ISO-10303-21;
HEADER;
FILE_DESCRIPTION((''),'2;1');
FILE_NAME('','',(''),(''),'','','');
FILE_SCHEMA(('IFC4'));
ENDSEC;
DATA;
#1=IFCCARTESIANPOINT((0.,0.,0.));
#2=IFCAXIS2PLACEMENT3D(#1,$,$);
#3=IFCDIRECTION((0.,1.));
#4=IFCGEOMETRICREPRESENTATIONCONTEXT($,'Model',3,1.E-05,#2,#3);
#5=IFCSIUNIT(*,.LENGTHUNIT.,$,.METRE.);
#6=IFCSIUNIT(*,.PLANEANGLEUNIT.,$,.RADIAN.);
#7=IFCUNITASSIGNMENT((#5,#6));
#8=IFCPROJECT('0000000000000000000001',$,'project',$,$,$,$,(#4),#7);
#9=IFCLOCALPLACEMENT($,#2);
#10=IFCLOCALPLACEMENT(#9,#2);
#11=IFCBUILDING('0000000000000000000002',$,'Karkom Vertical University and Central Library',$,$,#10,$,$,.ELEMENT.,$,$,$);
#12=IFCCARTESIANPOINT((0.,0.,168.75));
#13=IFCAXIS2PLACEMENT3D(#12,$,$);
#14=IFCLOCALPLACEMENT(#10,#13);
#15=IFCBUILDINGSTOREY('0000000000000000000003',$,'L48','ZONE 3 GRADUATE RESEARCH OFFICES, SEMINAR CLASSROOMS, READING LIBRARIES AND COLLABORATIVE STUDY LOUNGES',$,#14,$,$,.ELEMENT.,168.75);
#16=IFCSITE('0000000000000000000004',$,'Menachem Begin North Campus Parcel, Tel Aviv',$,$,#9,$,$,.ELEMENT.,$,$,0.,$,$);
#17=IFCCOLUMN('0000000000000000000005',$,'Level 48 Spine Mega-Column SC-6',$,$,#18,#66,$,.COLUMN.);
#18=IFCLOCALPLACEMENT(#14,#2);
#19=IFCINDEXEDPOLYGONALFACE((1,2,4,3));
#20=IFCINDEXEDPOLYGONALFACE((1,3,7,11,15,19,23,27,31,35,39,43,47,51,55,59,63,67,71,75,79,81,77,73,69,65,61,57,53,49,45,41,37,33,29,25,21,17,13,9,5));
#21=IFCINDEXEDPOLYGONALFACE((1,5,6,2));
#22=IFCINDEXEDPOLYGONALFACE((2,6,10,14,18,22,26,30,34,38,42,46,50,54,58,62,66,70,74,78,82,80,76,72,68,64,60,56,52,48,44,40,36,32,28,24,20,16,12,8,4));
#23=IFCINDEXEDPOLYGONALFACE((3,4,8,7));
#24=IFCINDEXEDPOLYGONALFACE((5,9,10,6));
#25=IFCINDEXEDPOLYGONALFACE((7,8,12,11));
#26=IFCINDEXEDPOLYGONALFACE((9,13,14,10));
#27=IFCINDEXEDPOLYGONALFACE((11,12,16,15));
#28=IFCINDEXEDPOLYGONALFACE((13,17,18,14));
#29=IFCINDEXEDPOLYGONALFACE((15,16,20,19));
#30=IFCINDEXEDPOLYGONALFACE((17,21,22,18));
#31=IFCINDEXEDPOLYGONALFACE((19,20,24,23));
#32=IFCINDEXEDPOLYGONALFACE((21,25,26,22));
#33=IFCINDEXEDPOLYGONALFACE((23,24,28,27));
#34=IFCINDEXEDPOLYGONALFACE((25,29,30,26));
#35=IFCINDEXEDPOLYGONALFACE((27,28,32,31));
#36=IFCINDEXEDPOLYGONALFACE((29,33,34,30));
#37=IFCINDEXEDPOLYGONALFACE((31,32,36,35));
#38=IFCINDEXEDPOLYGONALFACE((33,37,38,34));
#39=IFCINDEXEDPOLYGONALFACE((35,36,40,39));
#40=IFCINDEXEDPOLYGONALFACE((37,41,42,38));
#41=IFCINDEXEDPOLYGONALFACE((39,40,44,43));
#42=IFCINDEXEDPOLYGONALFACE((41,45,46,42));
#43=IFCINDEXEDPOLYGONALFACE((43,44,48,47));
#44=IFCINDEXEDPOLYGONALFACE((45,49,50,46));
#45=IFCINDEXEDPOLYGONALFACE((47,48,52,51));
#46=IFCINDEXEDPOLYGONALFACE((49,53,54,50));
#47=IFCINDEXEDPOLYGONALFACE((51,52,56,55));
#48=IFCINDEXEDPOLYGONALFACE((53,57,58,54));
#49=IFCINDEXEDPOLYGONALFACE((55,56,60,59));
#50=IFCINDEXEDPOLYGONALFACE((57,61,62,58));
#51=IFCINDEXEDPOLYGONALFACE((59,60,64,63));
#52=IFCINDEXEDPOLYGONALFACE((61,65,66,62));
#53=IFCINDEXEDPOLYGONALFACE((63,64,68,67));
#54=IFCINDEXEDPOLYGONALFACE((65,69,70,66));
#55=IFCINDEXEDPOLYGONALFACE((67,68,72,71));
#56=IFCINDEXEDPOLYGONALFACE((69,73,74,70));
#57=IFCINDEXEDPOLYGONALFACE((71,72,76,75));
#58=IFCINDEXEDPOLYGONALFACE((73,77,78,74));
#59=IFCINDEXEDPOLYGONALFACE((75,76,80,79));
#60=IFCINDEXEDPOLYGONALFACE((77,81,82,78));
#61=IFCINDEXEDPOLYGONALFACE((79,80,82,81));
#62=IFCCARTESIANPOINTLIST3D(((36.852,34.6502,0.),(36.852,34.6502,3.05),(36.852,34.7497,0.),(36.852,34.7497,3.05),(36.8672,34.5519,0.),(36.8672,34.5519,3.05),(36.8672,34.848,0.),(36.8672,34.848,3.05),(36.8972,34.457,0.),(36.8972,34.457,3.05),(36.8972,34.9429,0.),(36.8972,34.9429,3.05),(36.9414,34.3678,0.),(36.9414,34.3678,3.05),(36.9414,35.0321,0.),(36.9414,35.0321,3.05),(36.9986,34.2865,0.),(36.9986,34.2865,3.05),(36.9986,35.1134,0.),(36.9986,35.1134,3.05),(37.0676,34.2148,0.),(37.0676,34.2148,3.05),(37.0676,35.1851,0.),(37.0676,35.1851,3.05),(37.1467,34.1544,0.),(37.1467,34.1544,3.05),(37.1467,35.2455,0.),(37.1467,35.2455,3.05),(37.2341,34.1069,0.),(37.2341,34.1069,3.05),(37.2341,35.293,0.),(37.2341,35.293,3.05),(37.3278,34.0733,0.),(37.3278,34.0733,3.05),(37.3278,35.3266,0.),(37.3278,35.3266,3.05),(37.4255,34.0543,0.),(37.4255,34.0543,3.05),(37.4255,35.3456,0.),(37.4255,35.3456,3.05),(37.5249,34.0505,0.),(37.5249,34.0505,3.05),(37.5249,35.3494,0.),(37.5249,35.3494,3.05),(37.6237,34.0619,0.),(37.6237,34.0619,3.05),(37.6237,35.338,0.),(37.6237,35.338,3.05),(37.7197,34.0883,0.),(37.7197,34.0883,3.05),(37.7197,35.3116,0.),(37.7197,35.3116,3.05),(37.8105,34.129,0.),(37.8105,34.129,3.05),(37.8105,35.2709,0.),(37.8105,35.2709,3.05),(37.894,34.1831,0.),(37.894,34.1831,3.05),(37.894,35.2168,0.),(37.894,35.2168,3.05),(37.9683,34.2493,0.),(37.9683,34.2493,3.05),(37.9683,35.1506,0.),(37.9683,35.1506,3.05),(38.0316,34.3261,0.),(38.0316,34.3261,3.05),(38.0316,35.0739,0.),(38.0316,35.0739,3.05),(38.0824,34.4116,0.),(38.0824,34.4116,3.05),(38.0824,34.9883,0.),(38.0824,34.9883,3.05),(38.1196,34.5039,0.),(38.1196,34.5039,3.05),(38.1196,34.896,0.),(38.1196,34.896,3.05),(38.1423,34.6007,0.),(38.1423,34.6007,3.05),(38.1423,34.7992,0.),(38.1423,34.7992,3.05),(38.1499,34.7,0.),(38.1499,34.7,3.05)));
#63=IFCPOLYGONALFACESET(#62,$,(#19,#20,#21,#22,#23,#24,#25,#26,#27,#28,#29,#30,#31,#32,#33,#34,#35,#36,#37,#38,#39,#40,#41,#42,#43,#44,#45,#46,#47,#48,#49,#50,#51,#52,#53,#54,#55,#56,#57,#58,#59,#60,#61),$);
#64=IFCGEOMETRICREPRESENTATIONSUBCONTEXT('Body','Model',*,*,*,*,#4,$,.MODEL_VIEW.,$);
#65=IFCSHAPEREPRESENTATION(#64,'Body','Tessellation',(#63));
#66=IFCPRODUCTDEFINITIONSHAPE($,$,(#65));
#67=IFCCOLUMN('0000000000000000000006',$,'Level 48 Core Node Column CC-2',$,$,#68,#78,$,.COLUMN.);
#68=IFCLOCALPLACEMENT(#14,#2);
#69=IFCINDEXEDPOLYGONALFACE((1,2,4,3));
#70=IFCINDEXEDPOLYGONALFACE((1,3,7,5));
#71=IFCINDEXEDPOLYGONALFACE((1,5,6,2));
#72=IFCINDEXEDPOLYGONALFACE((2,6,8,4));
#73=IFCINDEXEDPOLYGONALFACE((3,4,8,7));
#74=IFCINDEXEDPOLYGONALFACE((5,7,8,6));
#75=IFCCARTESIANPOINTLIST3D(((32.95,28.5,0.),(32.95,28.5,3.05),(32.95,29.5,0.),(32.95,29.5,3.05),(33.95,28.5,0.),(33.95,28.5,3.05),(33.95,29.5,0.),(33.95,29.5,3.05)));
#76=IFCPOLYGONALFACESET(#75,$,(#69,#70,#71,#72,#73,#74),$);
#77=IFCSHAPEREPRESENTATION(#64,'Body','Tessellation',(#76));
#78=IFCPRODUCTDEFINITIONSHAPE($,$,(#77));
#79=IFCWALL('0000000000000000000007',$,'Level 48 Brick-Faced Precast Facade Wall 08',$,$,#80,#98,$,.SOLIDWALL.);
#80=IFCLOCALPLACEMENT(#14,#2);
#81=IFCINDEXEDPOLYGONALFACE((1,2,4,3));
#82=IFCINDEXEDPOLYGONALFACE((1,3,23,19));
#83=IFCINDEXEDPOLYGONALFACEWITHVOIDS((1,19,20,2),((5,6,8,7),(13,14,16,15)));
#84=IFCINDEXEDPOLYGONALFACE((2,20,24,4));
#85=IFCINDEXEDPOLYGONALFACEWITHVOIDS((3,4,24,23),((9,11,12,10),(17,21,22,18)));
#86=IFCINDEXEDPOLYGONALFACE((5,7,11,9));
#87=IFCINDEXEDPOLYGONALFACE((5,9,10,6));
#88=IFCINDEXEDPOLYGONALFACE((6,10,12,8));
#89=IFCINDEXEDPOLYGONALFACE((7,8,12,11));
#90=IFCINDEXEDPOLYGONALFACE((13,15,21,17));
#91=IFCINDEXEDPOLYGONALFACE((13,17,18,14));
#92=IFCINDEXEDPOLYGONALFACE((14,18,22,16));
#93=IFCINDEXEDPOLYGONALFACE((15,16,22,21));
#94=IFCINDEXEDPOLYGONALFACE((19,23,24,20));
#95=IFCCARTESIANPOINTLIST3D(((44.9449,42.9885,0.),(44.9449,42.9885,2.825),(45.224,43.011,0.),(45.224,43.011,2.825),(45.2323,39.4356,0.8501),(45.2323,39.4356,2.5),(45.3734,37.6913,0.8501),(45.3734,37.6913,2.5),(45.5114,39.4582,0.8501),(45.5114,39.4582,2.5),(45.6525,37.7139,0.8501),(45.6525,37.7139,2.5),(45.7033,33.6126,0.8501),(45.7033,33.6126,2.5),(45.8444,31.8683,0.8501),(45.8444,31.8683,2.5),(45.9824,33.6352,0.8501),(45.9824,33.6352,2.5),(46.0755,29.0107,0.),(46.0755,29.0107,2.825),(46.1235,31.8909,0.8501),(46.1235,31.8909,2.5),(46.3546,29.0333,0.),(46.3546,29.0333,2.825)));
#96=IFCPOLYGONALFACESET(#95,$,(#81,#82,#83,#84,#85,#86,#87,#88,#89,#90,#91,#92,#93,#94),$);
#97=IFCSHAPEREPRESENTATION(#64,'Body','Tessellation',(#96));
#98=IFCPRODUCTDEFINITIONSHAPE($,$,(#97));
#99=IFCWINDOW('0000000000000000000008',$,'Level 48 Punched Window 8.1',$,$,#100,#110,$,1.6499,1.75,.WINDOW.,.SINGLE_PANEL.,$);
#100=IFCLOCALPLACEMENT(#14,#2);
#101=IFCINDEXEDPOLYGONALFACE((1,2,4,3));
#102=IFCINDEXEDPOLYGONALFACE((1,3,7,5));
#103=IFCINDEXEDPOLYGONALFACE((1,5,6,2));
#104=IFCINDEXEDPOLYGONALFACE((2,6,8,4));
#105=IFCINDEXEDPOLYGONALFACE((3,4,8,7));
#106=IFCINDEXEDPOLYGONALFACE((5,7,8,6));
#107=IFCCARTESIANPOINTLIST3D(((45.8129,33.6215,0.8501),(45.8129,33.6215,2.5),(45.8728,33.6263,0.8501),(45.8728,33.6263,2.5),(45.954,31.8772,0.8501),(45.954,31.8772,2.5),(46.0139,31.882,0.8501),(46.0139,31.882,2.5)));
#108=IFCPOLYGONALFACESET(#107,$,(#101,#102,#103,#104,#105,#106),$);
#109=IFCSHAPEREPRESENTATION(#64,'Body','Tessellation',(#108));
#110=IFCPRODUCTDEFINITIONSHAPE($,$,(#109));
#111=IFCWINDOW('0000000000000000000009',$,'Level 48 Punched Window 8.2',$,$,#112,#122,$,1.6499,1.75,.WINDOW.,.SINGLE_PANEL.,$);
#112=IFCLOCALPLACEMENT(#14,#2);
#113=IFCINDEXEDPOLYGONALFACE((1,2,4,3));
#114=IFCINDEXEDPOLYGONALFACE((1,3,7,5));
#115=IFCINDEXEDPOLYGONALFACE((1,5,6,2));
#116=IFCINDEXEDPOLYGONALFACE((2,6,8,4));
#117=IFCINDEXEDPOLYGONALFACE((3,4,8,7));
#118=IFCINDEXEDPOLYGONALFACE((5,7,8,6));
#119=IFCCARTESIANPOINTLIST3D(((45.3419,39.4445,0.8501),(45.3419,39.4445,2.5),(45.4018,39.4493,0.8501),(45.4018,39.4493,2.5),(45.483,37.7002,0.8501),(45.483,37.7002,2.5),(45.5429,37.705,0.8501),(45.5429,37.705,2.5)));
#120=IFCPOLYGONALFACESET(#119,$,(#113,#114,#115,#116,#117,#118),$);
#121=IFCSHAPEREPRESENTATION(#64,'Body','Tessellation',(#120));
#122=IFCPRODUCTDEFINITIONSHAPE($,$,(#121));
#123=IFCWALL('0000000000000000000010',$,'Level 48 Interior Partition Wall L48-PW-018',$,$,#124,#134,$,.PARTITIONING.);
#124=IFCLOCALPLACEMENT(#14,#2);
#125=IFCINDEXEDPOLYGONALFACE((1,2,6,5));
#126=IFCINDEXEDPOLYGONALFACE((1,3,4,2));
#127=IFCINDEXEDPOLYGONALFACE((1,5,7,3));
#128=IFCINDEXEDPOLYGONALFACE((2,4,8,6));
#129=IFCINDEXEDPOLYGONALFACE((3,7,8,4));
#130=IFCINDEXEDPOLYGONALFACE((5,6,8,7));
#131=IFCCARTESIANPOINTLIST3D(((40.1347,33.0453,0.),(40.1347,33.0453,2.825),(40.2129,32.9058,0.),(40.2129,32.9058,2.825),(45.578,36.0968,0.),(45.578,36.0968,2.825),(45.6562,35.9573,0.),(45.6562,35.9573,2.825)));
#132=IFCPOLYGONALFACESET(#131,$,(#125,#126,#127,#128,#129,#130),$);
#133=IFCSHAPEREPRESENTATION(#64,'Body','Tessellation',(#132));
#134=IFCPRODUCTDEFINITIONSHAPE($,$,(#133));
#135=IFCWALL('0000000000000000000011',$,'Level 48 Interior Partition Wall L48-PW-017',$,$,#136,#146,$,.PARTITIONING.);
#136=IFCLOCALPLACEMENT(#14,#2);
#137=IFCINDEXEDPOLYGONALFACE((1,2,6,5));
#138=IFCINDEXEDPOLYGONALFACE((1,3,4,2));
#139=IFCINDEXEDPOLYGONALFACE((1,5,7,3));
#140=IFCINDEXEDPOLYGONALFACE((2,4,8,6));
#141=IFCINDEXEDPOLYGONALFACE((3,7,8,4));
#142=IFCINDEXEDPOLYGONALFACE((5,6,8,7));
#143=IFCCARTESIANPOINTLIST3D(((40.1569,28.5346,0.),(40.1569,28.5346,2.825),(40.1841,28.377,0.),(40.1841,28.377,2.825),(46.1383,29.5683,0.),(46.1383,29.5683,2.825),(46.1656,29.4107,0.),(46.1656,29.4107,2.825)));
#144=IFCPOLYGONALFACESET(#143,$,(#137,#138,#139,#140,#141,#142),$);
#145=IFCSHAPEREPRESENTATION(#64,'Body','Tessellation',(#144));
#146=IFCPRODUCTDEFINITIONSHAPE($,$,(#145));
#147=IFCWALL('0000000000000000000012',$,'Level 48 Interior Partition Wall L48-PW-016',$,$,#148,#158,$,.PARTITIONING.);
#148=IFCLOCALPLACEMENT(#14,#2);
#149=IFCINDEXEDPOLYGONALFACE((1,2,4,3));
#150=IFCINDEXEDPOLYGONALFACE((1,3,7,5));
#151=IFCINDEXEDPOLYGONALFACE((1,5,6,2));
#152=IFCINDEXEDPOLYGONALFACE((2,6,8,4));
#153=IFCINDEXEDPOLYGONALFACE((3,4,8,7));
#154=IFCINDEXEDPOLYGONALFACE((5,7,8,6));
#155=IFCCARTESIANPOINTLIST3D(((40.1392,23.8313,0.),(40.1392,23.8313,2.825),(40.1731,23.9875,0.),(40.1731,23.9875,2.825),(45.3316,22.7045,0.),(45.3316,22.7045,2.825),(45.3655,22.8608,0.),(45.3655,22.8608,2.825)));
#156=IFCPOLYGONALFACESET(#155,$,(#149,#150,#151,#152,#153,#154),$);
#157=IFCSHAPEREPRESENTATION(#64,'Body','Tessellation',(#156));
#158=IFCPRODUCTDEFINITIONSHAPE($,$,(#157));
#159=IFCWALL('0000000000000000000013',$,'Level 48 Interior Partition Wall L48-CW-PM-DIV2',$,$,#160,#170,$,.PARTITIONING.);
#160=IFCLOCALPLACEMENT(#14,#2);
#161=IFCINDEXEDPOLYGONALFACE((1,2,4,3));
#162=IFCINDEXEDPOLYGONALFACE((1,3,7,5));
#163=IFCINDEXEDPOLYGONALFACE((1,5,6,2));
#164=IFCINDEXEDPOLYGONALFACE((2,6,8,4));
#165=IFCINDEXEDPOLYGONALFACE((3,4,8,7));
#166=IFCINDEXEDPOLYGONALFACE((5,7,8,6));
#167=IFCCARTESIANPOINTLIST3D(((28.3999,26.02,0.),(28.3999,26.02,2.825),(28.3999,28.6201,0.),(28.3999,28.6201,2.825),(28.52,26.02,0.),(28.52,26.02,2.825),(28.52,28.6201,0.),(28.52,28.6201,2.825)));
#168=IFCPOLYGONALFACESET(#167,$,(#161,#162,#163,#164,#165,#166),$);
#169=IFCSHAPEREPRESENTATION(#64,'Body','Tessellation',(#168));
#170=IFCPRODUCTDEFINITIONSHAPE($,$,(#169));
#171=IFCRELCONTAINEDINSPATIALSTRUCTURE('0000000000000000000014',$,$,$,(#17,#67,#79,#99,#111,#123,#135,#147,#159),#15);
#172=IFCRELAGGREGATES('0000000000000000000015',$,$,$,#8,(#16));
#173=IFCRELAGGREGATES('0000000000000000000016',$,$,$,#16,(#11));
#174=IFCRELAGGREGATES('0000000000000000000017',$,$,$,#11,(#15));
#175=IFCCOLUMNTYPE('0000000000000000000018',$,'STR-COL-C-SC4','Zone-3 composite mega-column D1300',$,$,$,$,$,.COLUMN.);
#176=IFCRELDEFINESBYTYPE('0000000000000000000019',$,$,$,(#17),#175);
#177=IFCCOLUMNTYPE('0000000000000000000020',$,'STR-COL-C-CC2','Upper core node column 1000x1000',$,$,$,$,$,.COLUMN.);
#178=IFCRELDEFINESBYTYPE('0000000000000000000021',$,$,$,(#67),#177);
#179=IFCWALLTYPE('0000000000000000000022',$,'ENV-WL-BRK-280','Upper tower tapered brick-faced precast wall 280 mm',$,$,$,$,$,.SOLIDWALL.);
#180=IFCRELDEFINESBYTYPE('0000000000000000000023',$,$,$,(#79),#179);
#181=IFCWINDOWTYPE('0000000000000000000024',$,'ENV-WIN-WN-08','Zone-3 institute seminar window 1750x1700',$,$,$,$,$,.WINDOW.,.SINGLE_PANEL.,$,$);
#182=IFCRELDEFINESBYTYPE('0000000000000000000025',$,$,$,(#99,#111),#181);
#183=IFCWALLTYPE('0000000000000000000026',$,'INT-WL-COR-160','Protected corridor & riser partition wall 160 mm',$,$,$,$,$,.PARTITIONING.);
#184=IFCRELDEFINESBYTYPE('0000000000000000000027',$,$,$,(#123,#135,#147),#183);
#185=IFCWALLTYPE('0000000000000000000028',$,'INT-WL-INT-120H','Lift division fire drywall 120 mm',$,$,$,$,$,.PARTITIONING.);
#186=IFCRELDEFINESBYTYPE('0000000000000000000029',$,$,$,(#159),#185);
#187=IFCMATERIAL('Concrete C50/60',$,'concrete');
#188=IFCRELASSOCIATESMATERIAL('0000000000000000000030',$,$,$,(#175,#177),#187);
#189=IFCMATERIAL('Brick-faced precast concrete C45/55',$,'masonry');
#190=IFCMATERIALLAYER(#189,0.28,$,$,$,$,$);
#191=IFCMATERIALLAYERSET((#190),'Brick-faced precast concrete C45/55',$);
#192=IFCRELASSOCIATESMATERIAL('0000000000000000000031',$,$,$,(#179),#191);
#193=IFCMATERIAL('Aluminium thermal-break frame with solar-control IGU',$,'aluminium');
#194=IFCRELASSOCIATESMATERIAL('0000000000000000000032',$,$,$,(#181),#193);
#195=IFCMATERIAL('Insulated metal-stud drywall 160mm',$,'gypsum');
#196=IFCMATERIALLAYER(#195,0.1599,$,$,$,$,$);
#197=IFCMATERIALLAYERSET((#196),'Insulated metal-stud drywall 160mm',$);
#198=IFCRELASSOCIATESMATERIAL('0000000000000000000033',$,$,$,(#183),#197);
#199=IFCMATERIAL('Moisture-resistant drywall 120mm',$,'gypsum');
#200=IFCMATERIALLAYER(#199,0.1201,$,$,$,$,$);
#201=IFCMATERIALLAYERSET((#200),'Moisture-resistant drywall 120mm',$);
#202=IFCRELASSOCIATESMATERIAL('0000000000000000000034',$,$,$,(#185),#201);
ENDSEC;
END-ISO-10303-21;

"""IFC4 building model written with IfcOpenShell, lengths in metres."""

from ifc_helpers import new_model, si_unit, direction, frame, frame_2d, origin, origin_with_axes, origin_2d, place, context, subcontext, project, spatial, rectangle, circle, extrude, source, transform, mapped, material, layer, layer_set, material_profile, profile_set, type_object, element, fill, save


model = new_model("IFC4")

# Units and contexts
model_context = context("Model", 3, precision=1e-05, world=origin(), true_north=direction((0.0, 1.0)))
body_context = subcontext(model_context, "Body", "Model", "MODEL_VIEW")
ifc_project = project(units=[si_unit("LENGTHUNIT", "METRE"), si_unit("PLANEANGLEUNIT", "RADIAN")], contexts=[model_context])

# Site, building, storey
site_placement = place(None, origin())
site = spatial("IfcSite", under=ifc_project, at=site_placement, Name="Menachem Begin North Campus Parcel, Tel Aviv", CompositionType="ELEMENT", RefElevation=0.0)
building_placement = place(site_placement, origin())
building = spatial("IfcBuilding", under=site, at=building_placement, Name="Karkom Vertical University and Central Library", CompositionType="ELEMENT")
storey_placement = place(building_placement, frame((0.0, 0.0, 168.75)))
storey = spatial("IfcBuildingStorey", under=building, at=storey_placement, Name="L48", Description="ZONE 3 GRADUATE RESEARCH OFFICES, SEMINAR CLASSROOMS, READING LIBRARIES AND COLLABORATIVE STUDY LOUNGES", CompositionType="ELEMENT", Elevation=168.75)

# Columns
ifc_material_1 = material(Name="Concrete C50/60", Category="concrete")
ifc_material_profile_1 = material_profile(ifc_material_1, circle(Radius=0.6499, at=origin_2d()), Name="CFT-D1300")
ifc_profile_set_1 = profile_set([ifc_material_profile_1], Name="Concrete C50/60")
column_type_1 = type_object("IfcColumnType", Name="STR-COL-C-SC4", Description="Zone-3 composite mega-column D1300", PredefinedType="COLUMN", material=ifc_profile_set_1)
shared_shape_1 = source(origin_with_axes(), body_context, "Body", "SweptSolid", [
    extrude(circle(Radius=0.6499, at=origin_2d()), origin(), (0.0, 0.0, 1.0), 3.05),
])
column_1_placement = place(storey_placement, frame((37.5, 34.7, 0.0), z_axis=(0.0, 0.0, 1.0), x_axis=(1.0, 0.0, 0.0)))
element("IfcColumn", 1, at=column_1_placement, inside=storey, type_object=column_type_1, Name="Level 48 Spine Mega-Column SC-6", PredefinedType="COLUMN", context=body_context, shape_type="MappedRepresentation", body=[
    mapped(shared_shape_1, transform((0.0, 0.0, 0.0), scale=1.0)),
])
ifc_material_profile_2 = material_profile(ifc_material_1, rectangle(XDim=1.0, YDim=1.0, at=origin_2d()), Name="RC-1000x1000")
ifc_profile_set_2 = profile_set([ifc_material_profile_2], Name="Concrete C50/60")
column_type_2 = type_object("IfcColumnType", Name="STR-COL-C-CC2", Description="Upper core node column 1000x1000", PredefinedType="COLUMN", material=ifc_profile_set_2)
shared_shape_2 = source(origin_with_axes(), body_context, "Body", "SweptSolid", [
    extrude(rectangle(XDim=1.0, YDim=1.0, at=origin_2d()), origin(), (0.0, 0.0, 1.0), 3.05),
])
column_2_placement = place(storey_placement, frame((33.45, 29.0, 0.0), z_axis=(0.0, 0.0, 1.0), x_axis=(1.0, 0.0, 0.0)))
element("IfcColumn", 2, at=column_2_placement, inside=storey, type_object=column_type_2, Name="Level 48 Core Node Column CC-2", PredefinedType="COLUMN", context=body_context, shape_type="MappedRepresentation", body=[
    mapped(shared_shape_2, transform((0.0, 0.0, 0.0), scale=1.0)),
])

# Wall, openings, windows
ifc_material_2 = material(Name="Brick-faced precast concrete C45/55", Category="masonry")
ifc_layer_1 = layer(ifc_material_2, 0.28)
ifc_layer_set_1 = layer_set([ifc_layer_1], Name="Brick-faced precast concrete C45/55")
wall_type_1 = type_object("IfcWallType", Name="ENV-WL-BRK-280", Description="Upper tower tapered brick-faced precast wall 280 mm", PredefinedType="SOLIDWALL", material=ifc_layer_set_1)
wall_1_placement = place(storey_placement, frame((46.2151, 29.022, 0.0), z_axis=(0.0, 0.0, 1.0), x_axis=(-0.080623, 0.996745, 0.0)))
wall_1 = element("IfcWall", 3, at=wall_1_placement, inside=storey, type_object=wall_type_1, Name="Level 48 Brick-Faced Precast Facade Wall 08", PredefinedType="SOLIDWALL", context=body_context, shape_type="SweptSolid", body=[
    extrude(rectangle(XDim=14.0234, YDim=0.28, at=frame_2d((7.0117, 0.0))), origin(), (0.0, 0.0, 1.0), 2.825),
])
opening_1_placement = place(wall_1_placement, frame((2.8669, 0.0, 0.8501)))
opening_1 = element("IfcOpeningElement", 4, at=opening_1_placement, cuts=wall_1, PredefinedType="OPENING", context=body_context, shape_type="SweptSolid", body=[
    extrude(rectangle(XDim=1.75, YDim=1.6499, at=frame_2d((0.875, 0.825))), frame((0.0, 0.1499, 0.0), z_axis=(0.0, -1.0, 0.0), x_axis=(1.0, 0.0, 0.0)), (0.0, 0.0, 1.0), 0.3),
])
opening_2_placement = place(wall_1_placement, frame((8.709, 0.0, 0.8501)))
opening_2 = element("IfcOpeningElement", 5, at=opening_2_placement, cuts=wall_1, PredefinedType="OPENING", context=body_context, shape_type="SweptSolid", body=[
    extrude(rectangle(XDim=1.75, YDim=1.6499, at=frame_2d((0.875, 0.825))), frame((0.0, 0.1499, 0.0), z_axis=(0.0, -1.0, 0.0), x_axis=(1.0, 0.0, 0.0)), (0.0, 0.0, 1.0), 0.3),
])
ifc_material_3 = material(Name="Aluminium thermal-break frame with solar-control IGU", Category="aluminium")
window_type = type_object("IfcWindowType", Name="ENV-WIN-WN-08", Description="Zone-3 institute seminar window 1750x1700", PartitioningType="SINGLE_PANEL", PredefinedType="WINDOW", material=ifc_material_3)
shared_shape_3 = source(origin_with_axes(), body_context, "Body", "SweptSolid", [
    extrude(rectangle(XDim=1.75, YDim=1.6499, at=frame_2d((0.875, 0.825))), frame((0.0, 0.03, 0.0), z_axis=(0.0, -1.0, 0.0), x_axis=(1.0, 0.0, 0.0)), (0.0, 0.0, 1.0), 0.0601),
])
window_1_placement = place(opening_1_placement, origin())
window_1 = element("IfcWindow", 6, at=window_1_placement, inside=storey, type_object=window_type, Name="Level 48 Punched Window 8.1", OverallHeight=1.6499, OverallWidth=1.75, PartitioningType="SINGLE_PANEL", PredefinedType="WINDOW", context=body_context, shape_type="MappedRepresentation", body=[
    mapped(shared_shape_3, transform((0.0, 0.0, 0.0), scale=1.0)),
])
fill(opening_1, window_1)
window_2_placement = place(opening_2_placement, origin())
window_2 = element("IfcWindow", 7, at=window_2_placement, inside=storey, type_object=window_type, Name="Level 48 Punched Window 8.2", OverallHeight=1.6499, OverallWidth=1.75, PartitioningType="SINGLE_PANEL", PredefinedType="WINDOW", context=body_context, shape_type="MappedRepresentation", body=[
    mapped(shared_shape_3, transform((0.0, 0.0, 0.0), scale=1.0)),
])
fill(opening_2, window_2)

# Walls
ifc_material_4 = material(Name="Insulated metal-stud drywall 160mm", Category="gypsum")
ifc_layer_2 = layer(ifc_material_4, 0.1599)
ifc_layer_set_2 = layer_set([ifc_layer_2], Name="Insulated metal-stud drywall 160mm")
wall_type_2 = type_object("IfcWallType", Name="INT-WL-COR-160", Description="Protected corridor & riser partition wall 160 mm", PredefinedType="PARTITIONING", material=ifc_layer_set_2)
wall_2_placement = place(storey_placement, frame((40.1738, 32.9756, 0.0), z_axis=(0.0, 0.0, 1.0), x_axis=(0.872285, 0.488998, 0.0)))
element("IfcWall", 8, at=wall_2_placement, inside=storey, type_object=wall_type_2, Name="Level 48 Interior Partition Wall L48-PW-018", PredefinedType="PARTITIONING", context=body_context, shape_type="SweptSolid", body=[
    extrude(rectangle(XDim=6.2402, YDim=0.1599, at=frame_2d((3.1201, 0.0))), origin(), (0.0, 0.0, 1.0), 2.825),
])
wall_3_placement = place(storey_placement, frame((40.1704, 28.4558, 0.0), z_axis=(0.0, 0.0, 1.0), x_axis=(0.985394, 0.170292, 0.0)))
element("IfcWall", 9, at=wall_3_placement, inside=storey, type_object=wall_type_2, Name="Level 48 Interior Partition Wall L48-PW-017", PredefinedType="PARTITIONING", context=body_context, shape_type="SweptSolid", body=[
    extrude(rectangle(XDim=6.0701, YDim=0.1599, at=frame_2d((3.0352, 0.0))), origin(), (0.0, 0.0, 1.0), 2.825),
])
wall_4_placement = place(storey_placement, frame((40.156, 23.9094, 0.0), z_axis=(0.0, 0.0, 1.0), x_axis=(0.977257, -0.212058, 0.0)))
element("IfcWall", 10, at=wall_4_placement, inside=storey, type_object=wall_type_2, Name="Level 48 Interior Partition Wall L48-PW-016", PredefinedType="PARTITIONING", context=body_context, shape_type="SweptSolid", body=[
    extrude(rectangle(XDim=5.3132, YDim=0.1599, at=frame_2d((2.6567, 0.0))), origin(), (0.0, 0.0, 1.0), 2.825),
])
ifc_material_5 = material(Name="Moisture-resistant drywall 120mm", Category="gypsum")
ifc_layer_3 = layer(ifc_material_5, 0.1201)
ifc_layer_set_3 = layer_set([ifc_layer_3], Name="Moisture-resistant drywall 120mm")
wall_type_3 = type_object("IfcWallType", Name="INT-WL-INT-120H", Description="Lift division fire drywall 120 mm", PredefinedType="PARTITIONING", material=ifc_layer_set_3)
for number, where, z_axis, x_axis, name in (
    (11, (28.46, 26.02, 0.0), (0.0, 0.0, 1.0), (0.0, 1.0, 0.0), "Level 48 Interior Partition Wall L48-CW-PM-DIV2"),
):
    element("IfcWall", number, at=place(storey_placement, frame(where, z_axis=z_axis, x_axis=x_axis)), inside=storey, type_object=wall_type_3, Name=name, PredefinedType="PARTITIONING", context=body_context, shape_type="SweptSolid", body=[
        extrude(rectangle(XDim=2.6001, YDim=0.1201, at=frame_2d((1.3, 0.0))), origin(), (0.0, 0.0, 1.0), 2.825),
    ])

save(model, "model.ifc")
